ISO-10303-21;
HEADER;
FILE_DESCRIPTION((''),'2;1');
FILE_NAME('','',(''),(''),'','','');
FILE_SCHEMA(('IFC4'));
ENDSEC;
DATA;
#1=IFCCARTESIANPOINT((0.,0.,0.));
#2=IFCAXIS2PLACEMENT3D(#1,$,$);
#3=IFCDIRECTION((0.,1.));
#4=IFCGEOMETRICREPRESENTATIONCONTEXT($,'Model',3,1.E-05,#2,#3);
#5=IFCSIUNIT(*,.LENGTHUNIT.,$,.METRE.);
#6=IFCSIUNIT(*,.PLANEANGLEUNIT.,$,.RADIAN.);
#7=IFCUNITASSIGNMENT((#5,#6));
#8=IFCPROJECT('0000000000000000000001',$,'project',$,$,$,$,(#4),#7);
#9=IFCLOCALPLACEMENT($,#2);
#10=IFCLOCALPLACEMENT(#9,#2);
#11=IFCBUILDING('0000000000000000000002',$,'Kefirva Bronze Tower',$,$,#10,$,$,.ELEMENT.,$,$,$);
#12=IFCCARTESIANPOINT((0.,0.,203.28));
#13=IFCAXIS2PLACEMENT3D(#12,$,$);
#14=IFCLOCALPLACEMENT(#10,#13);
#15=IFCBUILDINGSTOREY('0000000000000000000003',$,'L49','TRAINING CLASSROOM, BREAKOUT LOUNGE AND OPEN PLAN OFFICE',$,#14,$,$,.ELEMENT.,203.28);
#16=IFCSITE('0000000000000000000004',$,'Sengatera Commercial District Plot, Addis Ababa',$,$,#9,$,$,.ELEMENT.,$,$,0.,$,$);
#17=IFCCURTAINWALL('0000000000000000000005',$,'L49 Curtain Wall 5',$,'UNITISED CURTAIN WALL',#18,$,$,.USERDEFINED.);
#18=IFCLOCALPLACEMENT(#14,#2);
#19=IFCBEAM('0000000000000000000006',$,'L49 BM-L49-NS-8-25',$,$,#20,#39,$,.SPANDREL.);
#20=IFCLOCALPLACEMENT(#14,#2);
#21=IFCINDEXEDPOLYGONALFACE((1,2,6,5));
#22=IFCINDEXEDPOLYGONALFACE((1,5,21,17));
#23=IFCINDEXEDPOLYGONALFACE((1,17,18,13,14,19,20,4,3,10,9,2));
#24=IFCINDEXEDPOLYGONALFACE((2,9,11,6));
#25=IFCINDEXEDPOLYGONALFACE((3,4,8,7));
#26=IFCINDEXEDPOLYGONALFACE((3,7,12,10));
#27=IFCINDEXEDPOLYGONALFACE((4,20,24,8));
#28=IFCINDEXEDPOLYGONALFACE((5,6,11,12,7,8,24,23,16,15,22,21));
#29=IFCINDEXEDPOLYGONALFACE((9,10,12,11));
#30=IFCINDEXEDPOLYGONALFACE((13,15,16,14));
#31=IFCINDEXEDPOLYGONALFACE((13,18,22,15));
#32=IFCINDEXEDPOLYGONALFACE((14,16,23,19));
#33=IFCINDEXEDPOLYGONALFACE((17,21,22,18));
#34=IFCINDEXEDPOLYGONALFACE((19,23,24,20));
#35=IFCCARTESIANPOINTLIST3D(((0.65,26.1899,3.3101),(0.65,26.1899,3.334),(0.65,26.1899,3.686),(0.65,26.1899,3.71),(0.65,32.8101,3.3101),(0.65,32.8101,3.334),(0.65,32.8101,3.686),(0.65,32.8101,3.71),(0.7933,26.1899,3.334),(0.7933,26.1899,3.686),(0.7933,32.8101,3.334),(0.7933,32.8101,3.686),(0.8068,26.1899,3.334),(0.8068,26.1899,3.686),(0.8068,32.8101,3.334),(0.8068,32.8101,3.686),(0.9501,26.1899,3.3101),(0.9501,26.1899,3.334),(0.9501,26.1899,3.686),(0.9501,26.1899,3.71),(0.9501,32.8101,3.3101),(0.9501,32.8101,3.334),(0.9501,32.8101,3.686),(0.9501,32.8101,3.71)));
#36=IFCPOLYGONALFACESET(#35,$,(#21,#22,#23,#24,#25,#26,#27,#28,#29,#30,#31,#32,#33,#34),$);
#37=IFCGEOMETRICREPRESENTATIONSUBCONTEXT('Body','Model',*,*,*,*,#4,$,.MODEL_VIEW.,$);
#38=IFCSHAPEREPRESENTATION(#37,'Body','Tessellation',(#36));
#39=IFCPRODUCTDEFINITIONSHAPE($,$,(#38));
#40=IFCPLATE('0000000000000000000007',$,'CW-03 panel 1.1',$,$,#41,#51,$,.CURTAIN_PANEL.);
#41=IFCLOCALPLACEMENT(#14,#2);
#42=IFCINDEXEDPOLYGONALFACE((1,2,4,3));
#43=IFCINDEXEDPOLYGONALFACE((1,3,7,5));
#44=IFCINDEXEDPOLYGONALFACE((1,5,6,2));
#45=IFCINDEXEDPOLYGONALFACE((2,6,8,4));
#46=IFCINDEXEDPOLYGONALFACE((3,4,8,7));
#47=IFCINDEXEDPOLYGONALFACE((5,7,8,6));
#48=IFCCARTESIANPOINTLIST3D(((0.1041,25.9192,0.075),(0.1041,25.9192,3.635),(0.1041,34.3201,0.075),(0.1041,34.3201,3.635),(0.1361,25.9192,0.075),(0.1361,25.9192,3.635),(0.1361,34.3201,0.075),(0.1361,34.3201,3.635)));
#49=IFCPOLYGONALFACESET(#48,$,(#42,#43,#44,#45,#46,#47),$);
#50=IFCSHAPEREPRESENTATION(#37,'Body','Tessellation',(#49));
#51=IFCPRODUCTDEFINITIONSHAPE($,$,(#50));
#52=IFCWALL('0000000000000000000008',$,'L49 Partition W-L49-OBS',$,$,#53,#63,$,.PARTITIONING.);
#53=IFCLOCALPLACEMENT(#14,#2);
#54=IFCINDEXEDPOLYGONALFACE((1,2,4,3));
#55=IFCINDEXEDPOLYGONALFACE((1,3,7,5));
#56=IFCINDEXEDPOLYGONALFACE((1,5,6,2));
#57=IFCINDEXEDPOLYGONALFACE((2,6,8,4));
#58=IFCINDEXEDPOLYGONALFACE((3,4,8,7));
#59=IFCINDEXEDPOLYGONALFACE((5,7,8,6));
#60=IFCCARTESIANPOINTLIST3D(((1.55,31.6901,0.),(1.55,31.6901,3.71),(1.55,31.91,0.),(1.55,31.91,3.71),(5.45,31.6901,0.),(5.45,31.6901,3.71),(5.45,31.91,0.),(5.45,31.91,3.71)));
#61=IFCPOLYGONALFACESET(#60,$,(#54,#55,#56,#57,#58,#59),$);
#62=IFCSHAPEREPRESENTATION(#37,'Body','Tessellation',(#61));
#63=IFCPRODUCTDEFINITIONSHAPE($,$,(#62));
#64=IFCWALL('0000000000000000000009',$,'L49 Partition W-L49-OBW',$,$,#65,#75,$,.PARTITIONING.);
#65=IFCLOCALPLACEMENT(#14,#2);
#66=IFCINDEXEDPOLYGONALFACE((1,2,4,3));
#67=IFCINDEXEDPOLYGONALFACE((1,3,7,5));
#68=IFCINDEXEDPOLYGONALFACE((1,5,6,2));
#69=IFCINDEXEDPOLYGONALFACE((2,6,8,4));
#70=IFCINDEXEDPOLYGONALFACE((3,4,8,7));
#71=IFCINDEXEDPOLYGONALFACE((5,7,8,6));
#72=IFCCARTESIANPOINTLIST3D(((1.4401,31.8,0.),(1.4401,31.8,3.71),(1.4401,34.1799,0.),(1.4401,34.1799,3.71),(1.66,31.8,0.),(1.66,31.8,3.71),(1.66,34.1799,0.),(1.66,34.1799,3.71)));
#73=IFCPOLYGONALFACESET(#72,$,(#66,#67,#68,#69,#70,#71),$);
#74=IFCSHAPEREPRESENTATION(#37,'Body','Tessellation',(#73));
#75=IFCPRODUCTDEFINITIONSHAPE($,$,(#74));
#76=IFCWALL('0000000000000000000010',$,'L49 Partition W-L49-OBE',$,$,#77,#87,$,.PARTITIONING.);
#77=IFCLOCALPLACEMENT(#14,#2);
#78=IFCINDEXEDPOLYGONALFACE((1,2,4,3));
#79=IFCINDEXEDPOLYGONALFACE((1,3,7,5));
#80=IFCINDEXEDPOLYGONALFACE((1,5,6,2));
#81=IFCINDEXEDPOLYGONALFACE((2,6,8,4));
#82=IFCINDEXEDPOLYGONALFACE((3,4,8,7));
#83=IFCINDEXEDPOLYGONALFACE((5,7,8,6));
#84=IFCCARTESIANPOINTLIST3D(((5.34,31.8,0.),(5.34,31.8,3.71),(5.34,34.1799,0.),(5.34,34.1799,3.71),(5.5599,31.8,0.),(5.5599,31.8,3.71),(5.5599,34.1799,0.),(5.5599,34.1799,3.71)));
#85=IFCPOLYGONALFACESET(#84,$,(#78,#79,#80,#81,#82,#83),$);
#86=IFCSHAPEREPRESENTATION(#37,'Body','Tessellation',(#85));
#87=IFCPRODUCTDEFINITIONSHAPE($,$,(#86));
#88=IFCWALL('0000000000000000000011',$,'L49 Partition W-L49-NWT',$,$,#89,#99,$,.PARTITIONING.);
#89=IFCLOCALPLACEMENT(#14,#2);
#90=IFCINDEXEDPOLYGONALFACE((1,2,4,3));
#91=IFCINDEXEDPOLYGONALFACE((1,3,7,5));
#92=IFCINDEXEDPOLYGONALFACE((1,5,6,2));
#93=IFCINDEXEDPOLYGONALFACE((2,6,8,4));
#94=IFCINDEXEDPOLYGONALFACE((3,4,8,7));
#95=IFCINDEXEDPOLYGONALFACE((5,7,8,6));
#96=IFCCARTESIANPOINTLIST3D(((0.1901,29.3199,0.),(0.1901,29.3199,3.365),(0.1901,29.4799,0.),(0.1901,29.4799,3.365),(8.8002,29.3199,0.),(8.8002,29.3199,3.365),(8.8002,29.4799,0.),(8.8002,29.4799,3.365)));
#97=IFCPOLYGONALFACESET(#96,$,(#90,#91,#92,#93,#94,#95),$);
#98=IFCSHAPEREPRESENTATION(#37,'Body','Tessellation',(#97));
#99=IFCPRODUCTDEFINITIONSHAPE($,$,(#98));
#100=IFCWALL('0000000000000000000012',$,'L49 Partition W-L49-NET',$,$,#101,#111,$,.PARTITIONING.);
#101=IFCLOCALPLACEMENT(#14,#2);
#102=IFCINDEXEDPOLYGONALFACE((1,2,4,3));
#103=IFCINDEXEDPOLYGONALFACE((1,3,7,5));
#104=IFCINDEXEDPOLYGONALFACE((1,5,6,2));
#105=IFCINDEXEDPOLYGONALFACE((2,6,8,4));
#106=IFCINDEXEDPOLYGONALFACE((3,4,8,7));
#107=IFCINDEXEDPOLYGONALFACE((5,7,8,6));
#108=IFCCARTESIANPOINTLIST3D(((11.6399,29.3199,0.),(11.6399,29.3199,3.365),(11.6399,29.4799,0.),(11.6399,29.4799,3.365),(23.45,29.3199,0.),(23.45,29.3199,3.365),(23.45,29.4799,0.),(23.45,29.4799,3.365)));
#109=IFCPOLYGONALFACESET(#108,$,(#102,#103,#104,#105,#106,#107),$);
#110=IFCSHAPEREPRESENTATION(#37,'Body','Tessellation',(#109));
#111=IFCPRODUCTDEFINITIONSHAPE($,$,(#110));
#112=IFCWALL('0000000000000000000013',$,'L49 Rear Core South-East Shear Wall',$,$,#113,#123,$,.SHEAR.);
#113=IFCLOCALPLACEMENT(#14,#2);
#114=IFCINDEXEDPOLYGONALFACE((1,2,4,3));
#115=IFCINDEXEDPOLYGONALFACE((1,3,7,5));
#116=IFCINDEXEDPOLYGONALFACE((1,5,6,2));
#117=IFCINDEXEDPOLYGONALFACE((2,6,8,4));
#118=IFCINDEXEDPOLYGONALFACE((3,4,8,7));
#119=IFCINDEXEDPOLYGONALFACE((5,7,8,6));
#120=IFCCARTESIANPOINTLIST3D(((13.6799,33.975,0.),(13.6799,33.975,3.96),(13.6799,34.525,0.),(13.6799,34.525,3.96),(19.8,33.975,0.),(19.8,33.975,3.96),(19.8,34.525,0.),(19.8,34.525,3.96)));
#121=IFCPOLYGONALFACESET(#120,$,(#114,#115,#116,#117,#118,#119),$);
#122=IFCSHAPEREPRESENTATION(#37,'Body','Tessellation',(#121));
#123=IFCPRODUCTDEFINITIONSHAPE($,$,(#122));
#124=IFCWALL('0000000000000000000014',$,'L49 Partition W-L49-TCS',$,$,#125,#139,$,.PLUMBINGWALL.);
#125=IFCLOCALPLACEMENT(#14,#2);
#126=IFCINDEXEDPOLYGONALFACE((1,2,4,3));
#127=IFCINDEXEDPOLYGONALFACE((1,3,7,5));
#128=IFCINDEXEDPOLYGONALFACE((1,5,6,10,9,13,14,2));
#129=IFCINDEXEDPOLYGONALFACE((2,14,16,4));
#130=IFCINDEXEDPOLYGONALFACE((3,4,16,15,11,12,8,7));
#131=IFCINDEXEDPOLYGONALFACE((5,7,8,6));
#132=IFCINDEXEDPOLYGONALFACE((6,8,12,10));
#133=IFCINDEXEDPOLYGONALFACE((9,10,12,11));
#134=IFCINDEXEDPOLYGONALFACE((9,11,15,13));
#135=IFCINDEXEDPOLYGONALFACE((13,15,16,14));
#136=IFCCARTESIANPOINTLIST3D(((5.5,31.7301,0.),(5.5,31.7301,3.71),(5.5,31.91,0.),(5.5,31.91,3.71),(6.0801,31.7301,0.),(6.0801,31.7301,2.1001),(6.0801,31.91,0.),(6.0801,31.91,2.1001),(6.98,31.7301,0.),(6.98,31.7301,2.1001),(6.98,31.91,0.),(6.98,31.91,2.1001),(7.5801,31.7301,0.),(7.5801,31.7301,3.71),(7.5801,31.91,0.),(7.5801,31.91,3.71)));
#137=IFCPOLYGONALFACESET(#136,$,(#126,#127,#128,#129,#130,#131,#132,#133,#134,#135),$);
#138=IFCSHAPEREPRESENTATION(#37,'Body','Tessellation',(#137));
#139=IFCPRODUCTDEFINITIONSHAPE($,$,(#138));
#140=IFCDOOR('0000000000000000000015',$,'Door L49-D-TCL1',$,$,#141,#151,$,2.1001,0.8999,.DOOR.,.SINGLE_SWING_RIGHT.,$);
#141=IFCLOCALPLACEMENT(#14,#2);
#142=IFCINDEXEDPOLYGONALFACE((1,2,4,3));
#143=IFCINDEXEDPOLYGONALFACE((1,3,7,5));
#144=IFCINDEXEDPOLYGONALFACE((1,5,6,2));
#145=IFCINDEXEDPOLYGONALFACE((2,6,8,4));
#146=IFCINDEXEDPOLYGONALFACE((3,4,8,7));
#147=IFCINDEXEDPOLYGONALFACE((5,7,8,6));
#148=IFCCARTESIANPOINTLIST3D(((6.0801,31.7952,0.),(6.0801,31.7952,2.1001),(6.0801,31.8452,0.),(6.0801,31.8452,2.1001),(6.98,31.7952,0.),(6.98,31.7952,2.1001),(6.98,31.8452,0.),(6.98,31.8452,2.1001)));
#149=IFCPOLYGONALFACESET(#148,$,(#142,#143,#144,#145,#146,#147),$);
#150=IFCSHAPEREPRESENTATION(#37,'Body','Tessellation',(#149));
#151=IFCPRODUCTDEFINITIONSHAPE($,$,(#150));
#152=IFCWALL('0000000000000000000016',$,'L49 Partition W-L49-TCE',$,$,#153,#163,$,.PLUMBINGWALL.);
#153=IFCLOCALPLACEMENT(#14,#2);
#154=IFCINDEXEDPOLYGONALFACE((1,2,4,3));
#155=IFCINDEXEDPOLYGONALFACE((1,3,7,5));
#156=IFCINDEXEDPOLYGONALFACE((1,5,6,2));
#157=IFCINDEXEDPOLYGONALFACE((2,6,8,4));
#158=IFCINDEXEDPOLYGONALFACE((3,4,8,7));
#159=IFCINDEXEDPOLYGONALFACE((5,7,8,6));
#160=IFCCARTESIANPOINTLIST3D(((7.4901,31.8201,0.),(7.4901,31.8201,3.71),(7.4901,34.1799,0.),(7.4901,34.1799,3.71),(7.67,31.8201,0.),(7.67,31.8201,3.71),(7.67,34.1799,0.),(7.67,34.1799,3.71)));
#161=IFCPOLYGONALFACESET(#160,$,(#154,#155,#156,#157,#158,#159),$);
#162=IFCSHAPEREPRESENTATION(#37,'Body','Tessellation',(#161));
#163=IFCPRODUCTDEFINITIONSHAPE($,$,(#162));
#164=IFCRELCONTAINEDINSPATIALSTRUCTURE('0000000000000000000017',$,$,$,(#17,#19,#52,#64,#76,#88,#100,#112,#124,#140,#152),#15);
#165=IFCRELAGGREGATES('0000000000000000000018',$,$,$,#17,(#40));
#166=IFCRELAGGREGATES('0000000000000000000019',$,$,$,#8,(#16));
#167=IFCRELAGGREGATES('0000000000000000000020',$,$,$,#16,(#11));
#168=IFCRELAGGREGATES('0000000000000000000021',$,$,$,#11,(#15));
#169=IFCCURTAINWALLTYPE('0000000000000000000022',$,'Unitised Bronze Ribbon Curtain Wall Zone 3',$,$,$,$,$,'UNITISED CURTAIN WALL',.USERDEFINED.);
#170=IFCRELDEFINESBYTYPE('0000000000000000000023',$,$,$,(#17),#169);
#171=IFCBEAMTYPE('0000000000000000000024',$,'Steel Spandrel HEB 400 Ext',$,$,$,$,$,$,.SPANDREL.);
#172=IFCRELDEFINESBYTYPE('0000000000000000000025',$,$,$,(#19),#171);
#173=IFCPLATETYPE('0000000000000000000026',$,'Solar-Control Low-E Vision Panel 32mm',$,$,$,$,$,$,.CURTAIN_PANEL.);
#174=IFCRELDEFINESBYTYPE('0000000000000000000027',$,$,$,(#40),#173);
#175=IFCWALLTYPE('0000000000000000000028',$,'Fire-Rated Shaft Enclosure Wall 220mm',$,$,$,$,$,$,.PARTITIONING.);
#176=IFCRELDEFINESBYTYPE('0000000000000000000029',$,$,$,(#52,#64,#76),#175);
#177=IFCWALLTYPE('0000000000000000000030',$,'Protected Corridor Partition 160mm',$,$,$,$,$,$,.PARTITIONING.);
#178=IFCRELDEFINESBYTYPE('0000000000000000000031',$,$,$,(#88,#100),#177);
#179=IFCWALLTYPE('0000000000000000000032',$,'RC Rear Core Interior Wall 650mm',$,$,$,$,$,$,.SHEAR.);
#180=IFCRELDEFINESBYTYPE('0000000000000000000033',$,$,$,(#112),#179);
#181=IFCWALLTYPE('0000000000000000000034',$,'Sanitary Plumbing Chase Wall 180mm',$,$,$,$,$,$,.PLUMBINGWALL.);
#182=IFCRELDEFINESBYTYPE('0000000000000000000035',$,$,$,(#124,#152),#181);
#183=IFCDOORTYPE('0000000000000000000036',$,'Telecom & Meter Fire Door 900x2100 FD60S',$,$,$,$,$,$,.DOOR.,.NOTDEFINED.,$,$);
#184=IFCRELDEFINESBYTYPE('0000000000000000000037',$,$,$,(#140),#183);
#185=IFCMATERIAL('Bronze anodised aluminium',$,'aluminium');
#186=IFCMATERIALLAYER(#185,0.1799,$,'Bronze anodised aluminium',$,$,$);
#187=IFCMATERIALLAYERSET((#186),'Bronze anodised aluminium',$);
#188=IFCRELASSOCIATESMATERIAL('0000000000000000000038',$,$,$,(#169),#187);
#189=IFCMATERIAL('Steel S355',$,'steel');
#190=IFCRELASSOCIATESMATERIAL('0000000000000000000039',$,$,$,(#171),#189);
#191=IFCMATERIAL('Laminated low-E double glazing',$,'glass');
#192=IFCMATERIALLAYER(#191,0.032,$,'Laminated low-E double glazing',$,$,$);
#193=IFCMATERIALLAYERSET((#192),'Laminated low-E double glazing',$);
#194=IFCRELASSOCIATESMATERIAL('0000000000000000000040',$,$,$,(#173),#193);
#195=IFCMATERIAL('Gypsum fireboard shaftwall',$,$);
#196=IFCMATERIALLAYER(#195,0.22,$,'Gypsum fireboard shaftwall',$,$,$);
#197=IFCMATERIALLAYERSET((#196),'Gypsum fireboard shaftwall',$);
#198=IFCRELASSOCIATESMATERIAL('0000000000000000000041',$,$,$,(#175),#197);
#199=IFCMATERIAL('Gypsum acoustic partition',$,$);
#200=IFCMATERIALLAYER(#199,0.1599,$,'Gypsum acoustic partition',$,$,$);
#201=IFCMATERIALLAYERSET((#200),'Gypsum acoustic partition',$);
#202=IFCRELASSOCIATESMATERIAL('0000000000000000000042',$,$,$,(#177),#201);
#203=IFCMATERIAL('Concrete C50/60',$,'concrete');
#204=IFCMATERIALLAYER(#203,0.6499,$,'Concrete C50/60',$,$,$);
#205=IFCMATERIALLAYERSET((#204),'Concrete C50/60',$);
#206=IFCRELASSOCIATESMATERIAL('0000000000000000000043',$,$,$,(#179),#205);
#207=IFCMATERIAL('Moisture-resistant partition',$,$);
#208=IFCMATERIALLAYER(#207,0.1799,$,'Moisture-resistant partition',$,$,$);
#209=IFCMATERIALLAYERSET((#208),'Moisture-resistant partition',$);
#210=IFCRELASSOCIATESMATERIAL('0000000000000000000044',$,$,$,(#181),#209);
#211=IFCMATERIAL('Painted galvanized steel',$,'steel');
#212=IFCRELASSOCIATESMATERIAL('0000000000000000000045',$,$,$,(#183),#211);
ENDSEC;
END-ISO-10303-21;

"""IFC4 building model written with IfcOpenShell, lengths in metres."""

from ifc_helpers import new_model, si_unit, direction, frame, frame_2d, origin, origin_2d, place, context, subcontext, project, spatial, rectangle, i_section, extrude, material, layer, layer_set, material_profile, profile_set, type_object, element, fill, aggregate, save


model = new_model("IFC4")

# Units and contexts
model_context = context("Model", 3, precision=1e-05, world=origin(), true_north=direction((0.0, 1.0)))
body_context = subcontext(model_context, "Body", "Model", "MODEL_VIEW")
ifc_project = project(units=[si_unit("LENGTHUNIT", "METRE"), si_unit("PLANEANGLEUNIT", "RADIAN")], contexts=[model_context])

# Site, building, storey
site_placement = place(None, origin())
site = spatial("IfcSite", under=ifc_project, at=site_placement, Name="Sengatera Commercial District Plot, Addis Ababa", CompositionType="ELEMENT", RefElevation=0.0)
building_placement = place(site_placement, origin())
building = spatial("IfcBuilding", under=site, at=building_placement, Name="Kefirva Bronze Tower", CompositionType="ELEMENT")
storey_placement = place(building_placement, frame((0.0, 0.0, 203.28)))
storey = spatial("IfcBuildingStorey", under=building, at=storey_placement, Name="L49", Description="TRAINING CLASSROOM, BREAKOUT LOUNGE AND OPEN PLAN OFFICE", CompositionType="ELEMENT", Elevation=203.28)

# Shared definitions
ifc_material_1 = material(Name="Concrete C50/60", Category="concrete")

# Curtain wall
ifc_material_2 = material(Name="Bronze anodised aluminium", Category="aluminium")
ifc_layer_1 = layer(ifc_material_2, 0.1799, Name="Bronze anodised aluminium")
ifc_layer_set_1 = layer_set([ifc_layer_1], Name="Bronze anodised aluminium")
curtain_wall_type = type_object("IfcCurtainWallType", Name="Unitised Bronze Ribbon Curtain Wall Zone 3", ElementType="UNITISED CURTAIN WALL", PredefinedType="USERDEFINED", material=ifc_layer_set_1)
curtain_wall_placement = place(storey_placement, origin())
curtain_wall = element("IfcCurtainWall", 1, at=curtain_wall_placement, inside=storey, type_object=curtain_wall_type, Name="L49 Curtain Wall 5", ObjectType="UNITISED CURTAIN WALL", PredefinedType="USERDEFINED")

# Beam
ifc_material_3 = material(Name="Steel S355", Category="steel")
ifc_material_profile_1 = material_profile(ifc_material_3, i_section(OverallWidth=0.3, OverallDepth=0.3999, WebThickness=0.0134, FlangeThickness=0.0239, at=origin_2d()), Name="HEB 400")
ifc_profile_set_1 = profile_set([ifc_material_profile_1], Name="Steel S355")
beam_type_1 = type_object("IfcBeamType", Name="Steel Spandrel HEB 400 Ext", PredefinedType="SPANDREL", material=ifc_profile_set_1)
beam_1_placement = place(storey_placement, frame((0.8, 26.1899, 3.51), z_axis=(0.0, 1.0, 0.0), x_axis=(-1.0, 0.0, 0.0)))
element("IfcBeam", 2, at=beam_1_placement, inside=storey, type_object=beam_type_1, Name="L49 BM-L49-NS-8-25", PredefinedType="SPANDREL", context=body_context, shape_type="SweptSolid", body=[
    extrude(i_section(OverallWidth=0.3, OverallDepth=0.3999, WebThickness=0.0134, FlangeThickness=0.0239, at=origin_2d()), origin(), (0.0, 0.0, 1.0), 6.6201),
])

# Plate
ifc_material_4 = material(Name="Laminated low-E double glazing", Category="glass")
ifc_layer_2 = layer(ifc_material_4, 0.032, Name="Laminated low-E double glazing")
ifc_layer_set_2 = layer_set([ifc_layer_2], Name="Laminated low-E double glazing")
plate_type = type_object("IfcPlateType", Name="Solar-Control Low-E Vision Panel 32mm", PredefinedType="CURTAIN_PANEL", material=ifc_layer_set_2)
plate_placement = place(storey_placement, frame((0.1201, 30.1196, 0.075), z_axis=(0.0, 0.0, 1.0), x_axis=(0.0, -1.0, 0.0)))
plate = element("IfcPlate", 3, at=plate_placement, type_object=plate_type, Name="CW-03 panel 1.1", PredefinedType="CURTAIN_PANEL", context=body_context, shape_type="SweptSolid", body=[
    extrude(rectangle(XDim=8.4009, YDim=0.032, at=origin_2d()), origin(), (0.0, 0.0, 1.0), 3.5601),
])
aggregate(curtain_wall, [plate])

# Walls
ifc_material_5 = material(Name="Gypsum fireboard shaftwall")
ifc_layer_3 = layer(ifc_material_5, 0.22, Name="Gypsum fireboard shaftwall")
ifc_layer_set_3 = layer_set([ifc_layer_3], Name="Gypsum fireboard shaftwall")
wall_type_1 = type_object("IfcWallType", Name="Fire-Rated Shaft Enclosure Wall 220mm", PredefinedType="PARTITIONING", material=ifc_layer_set_3)
wall_1_placement = place(storey_placement, frame((1.55, 31.8, 0.0), z_axis=(0.0, 0.0, 1.0), x_axis=(1.0, 0.0, 0.0)))
element("IfcWall", 4, at=wall_1_placement, inside=storey, type_object=wall_type_1, Name="L49 Partition W-L49-OBS", PredefinedType="PARTITIONING", context=body_context, shape_type="SweptSolid", body=[
    extrude(rectangle(XDim=3.8999, YDim=0.22, at=frame_2d((1.95, 0.0))), origin(), (0.0, 0.0, 1.0), 3.71),
])
for number, where, z_axis, x_axis, name in (
    (5, (1.55, 31.8, 0.0), (0.0, 0.0, 1.0), (0.0, 1.0, 0.0), "L49 Partition W-L49-OBW"),
    (6, (5.45, 31.8, 0.0), (0.0, 0.0, 1.0), (0.0, 1.0, 0.0), "L49 Partition W-L49-OBE"),
):
    element("IfcWall", number, at=place(storey_placement, frame(where, z_axis=z_axis, x_axis=x_axis)), inside=storey, type_object=wall_type_1, Name=name, PredefinedType="PARTITIONING", context=body_context, shape_type="SweptSolid", body=[
        extrude(rectangle(XDim=2.3799, YDim=0.22, at=frame_2d((1.1899, 0.0))), origin(), (0.0, 0.0, 1.0), 3.71),
    ])
ifc_material_6 = material(Name="Gypsum acoustic partition")
ifc_layer_4 = layer(ifc_material_6, 0.1599, Name="Gypsum acoustic partition")
ifc_layer_set_4 = layer_set([ifc_layer_4], Name="Gypsum acoustic partition")
wall_type_2 = type_object("IfcWallType", Name="Protected Corridor Partition 160mm", PredefinedType="PARTITIONING", material=ifc_layer_set_4)
wall_2_placement = place(storey_placement, frame((0.1899, 29.3999, 0.0), z_axis=(0.0, 0.0, 1.0), x_axis=(1.0, 0.0, 0.0)))
element("IfcWall", 7, at=wall_2_placement, inside=storey, type_object=wall_type_2, Name="L49 Partition W-L49-NWT", PredefinedType="PARTITIONING", context=body_context, shape_type="SweptSolid", body=[
    extrude(rectangle(XDim=8.6101, YDim=0.1599, at=frame_2d((4.3052, 0.0))), origin(), (0.0, 0.0, 1.0), 3.365),
])
wall_3_placement = place(storey_placement, frame((11.6399, 29.3999, 0.0), z_axis=(0.0, 0.0, 1.0), x_axis=(1.0, 0.0, 0.0)))
element("IfcWall", 8, at=wall_3_placement, inside=storey, type_object=wall_type_2, Name="L49 Partition W-L49-NET", PredefinedType="PARTITIONING", context=body_context, shape_type="SweptSolid", body=[
    extrude(rectangle(XDim=11.8101, YDim=0.1599, at=frame_2d((5.905, 0.0))), origin(), (0.0, 0.0, 1.0), 3.365),
])

# Shared definitions
ifc_layer_5 = layer(ifc_material_1, 0.6499, Name="Concrete C50/60")
ifc_layer_set_5 = layer_set([ifc_layer_5], Name="Concrete C50/60")
wall_type_3 = type_object("IfcWallType", Name="RC Rear Core Interior Wall 650mm", PredefinedType="SHEAR", material=ifc_layer_set_5)
ifc_material_7 = material(Name="Painted galvanized steel", Category="steel")

# Wall
wall_4_placement = place(storey_placement, frame((13.6799, 34.25, 0.0), z_axis=(0.0, 0.0, 1.0), x_axis=(1.0, 0.0, 0.0)))
element("IfcWall", 9, at=wall_4_placement, inside=storey, type_object=wall_type_3, Name="L49 Rear Core South-East Shear Wall", PredefinedType="SHEAR", context=body_context, shape_type="SweptSolid", body=[
    extrude(rectangle(XDim=6.1201, YDim=0.55, at=frame_2d((3.0601, 0.0))), origin(), (0.0, 0.0, 1.0), 3.96),
])

# Wall, opening, door
ifc_material_8 = material(Name="Moisture-resistant partition")
ifc_layer_6 = layer(ifc_material_8, 0.1799, Name="Moisture-resistant partition")
ifc_layer_set_6 = layer_set([ifc_layer_6], Name="Moisture-resistant partition")
wall_type_4 = type_object("IfcWallType", Name="Sanitary Plumbing Chase Wall 180mm", PredefinedType="PLUMBINGWALL", material=ifc_layer_set_6)
wall_5_placement = place(storey_placement, frame((5.5, 31.8201, 0.0), z_axis=(0.0, 0.0, 1.0), x_axis=(1.0, 0.0, 0.0)))
wall_5 = element("IfcWall", 10, at=wall_5_placement, inside=storey, type_object=wall_type_4, Name="L49 Partition W-L49-TCS", PredefinedType="PLUMBINGWALL", context=body_context, shape_type="SweptSolid", body=[
    extrude(rectangle(XDim=2.0801, YDim=0.1799, at=frame_2d((1.04, 0.0))), origin(), (0.0, 0.0, 1.0), 3.71),
])
opening_1_placement = place(wall_5_placement, frame((1.48, 0.0, 0.0), z_axis=(0.0, 0.0, 1.0), x_axis=(-1.0, 0.0, 0.0)))
opening_1 = element("IfcOpeningElement", 11, at=opening_1_placement, cuts=wall_5, PredefinedType="OPENING", context=body_context, shape_type="SweptSolid", body=[
    extrude(rectangle(XDim=0.8999, YDim=2.1001, at=frame_2d((0.45, 1.05))), frame((0.0, 0.1001, 0.0), z_axis=(0.0, -1.0, 0.0), x_axis=(1.0, 0.0, 0.0)), (0.0, 0.0, 1.0), 0.2),
])
door_type_1 = type_object("IfcDoorType", Name="Telecom & Meter Fire Door 900x2100 FD60S", OperationType="NOTDEFINED", PredefinedType="DOOR", material=ifc_material_7)
door_1_placement = place(opening_1_placement, origin())
door_1 = element("IfcDoor", 12, at=door_1_placement, inside=storey, type_object=door_type_1, Name="Door L49-D-TCL1", OperationType="SINGLE_SWING_RIGHT", OverallHeight=2.1001, OverallWidth=0.8999, PredefinedType="DOOR", context=body_context, shape_type="SweptSolid", body=[
    extrude(rectangle(XDim=0.8999, YDim=2.1001, at=frame_2d((0.45, 1.05))), frame((0.0, 0.0249, 0.0), z_axis=(0.0, -1.0, 0.0), x_axis=(1.0, 0.0, 0.0)), (0.0, 0.0, 1.0), 0.05),
])
fill(opening_1, door_1)

# Wall
wall_6_placement = place(storey_placement, frame((7.5801, 31.8201, 0.0), z_axis=(0.0, 0.0, 1.0), x_axis=(0.0, 1.0, 0.0)))
element("IfcWall", 13, at=wall_6_placement, inside=storey, type_object=wall_type_4, Name="L49 Partition W-L49-TCE", PredefinedType="PLUMBINGWALL", context=body_context, shape_type="SweptSolid", body=[
    extrude(rectangle(XDim=2.3599, YDim=0.1799, at=frame_2d((1.1799, 0.0))), origin(), (0.0, 0.0, 1.0), 3.71),
])

save(model, "model.ifc")
